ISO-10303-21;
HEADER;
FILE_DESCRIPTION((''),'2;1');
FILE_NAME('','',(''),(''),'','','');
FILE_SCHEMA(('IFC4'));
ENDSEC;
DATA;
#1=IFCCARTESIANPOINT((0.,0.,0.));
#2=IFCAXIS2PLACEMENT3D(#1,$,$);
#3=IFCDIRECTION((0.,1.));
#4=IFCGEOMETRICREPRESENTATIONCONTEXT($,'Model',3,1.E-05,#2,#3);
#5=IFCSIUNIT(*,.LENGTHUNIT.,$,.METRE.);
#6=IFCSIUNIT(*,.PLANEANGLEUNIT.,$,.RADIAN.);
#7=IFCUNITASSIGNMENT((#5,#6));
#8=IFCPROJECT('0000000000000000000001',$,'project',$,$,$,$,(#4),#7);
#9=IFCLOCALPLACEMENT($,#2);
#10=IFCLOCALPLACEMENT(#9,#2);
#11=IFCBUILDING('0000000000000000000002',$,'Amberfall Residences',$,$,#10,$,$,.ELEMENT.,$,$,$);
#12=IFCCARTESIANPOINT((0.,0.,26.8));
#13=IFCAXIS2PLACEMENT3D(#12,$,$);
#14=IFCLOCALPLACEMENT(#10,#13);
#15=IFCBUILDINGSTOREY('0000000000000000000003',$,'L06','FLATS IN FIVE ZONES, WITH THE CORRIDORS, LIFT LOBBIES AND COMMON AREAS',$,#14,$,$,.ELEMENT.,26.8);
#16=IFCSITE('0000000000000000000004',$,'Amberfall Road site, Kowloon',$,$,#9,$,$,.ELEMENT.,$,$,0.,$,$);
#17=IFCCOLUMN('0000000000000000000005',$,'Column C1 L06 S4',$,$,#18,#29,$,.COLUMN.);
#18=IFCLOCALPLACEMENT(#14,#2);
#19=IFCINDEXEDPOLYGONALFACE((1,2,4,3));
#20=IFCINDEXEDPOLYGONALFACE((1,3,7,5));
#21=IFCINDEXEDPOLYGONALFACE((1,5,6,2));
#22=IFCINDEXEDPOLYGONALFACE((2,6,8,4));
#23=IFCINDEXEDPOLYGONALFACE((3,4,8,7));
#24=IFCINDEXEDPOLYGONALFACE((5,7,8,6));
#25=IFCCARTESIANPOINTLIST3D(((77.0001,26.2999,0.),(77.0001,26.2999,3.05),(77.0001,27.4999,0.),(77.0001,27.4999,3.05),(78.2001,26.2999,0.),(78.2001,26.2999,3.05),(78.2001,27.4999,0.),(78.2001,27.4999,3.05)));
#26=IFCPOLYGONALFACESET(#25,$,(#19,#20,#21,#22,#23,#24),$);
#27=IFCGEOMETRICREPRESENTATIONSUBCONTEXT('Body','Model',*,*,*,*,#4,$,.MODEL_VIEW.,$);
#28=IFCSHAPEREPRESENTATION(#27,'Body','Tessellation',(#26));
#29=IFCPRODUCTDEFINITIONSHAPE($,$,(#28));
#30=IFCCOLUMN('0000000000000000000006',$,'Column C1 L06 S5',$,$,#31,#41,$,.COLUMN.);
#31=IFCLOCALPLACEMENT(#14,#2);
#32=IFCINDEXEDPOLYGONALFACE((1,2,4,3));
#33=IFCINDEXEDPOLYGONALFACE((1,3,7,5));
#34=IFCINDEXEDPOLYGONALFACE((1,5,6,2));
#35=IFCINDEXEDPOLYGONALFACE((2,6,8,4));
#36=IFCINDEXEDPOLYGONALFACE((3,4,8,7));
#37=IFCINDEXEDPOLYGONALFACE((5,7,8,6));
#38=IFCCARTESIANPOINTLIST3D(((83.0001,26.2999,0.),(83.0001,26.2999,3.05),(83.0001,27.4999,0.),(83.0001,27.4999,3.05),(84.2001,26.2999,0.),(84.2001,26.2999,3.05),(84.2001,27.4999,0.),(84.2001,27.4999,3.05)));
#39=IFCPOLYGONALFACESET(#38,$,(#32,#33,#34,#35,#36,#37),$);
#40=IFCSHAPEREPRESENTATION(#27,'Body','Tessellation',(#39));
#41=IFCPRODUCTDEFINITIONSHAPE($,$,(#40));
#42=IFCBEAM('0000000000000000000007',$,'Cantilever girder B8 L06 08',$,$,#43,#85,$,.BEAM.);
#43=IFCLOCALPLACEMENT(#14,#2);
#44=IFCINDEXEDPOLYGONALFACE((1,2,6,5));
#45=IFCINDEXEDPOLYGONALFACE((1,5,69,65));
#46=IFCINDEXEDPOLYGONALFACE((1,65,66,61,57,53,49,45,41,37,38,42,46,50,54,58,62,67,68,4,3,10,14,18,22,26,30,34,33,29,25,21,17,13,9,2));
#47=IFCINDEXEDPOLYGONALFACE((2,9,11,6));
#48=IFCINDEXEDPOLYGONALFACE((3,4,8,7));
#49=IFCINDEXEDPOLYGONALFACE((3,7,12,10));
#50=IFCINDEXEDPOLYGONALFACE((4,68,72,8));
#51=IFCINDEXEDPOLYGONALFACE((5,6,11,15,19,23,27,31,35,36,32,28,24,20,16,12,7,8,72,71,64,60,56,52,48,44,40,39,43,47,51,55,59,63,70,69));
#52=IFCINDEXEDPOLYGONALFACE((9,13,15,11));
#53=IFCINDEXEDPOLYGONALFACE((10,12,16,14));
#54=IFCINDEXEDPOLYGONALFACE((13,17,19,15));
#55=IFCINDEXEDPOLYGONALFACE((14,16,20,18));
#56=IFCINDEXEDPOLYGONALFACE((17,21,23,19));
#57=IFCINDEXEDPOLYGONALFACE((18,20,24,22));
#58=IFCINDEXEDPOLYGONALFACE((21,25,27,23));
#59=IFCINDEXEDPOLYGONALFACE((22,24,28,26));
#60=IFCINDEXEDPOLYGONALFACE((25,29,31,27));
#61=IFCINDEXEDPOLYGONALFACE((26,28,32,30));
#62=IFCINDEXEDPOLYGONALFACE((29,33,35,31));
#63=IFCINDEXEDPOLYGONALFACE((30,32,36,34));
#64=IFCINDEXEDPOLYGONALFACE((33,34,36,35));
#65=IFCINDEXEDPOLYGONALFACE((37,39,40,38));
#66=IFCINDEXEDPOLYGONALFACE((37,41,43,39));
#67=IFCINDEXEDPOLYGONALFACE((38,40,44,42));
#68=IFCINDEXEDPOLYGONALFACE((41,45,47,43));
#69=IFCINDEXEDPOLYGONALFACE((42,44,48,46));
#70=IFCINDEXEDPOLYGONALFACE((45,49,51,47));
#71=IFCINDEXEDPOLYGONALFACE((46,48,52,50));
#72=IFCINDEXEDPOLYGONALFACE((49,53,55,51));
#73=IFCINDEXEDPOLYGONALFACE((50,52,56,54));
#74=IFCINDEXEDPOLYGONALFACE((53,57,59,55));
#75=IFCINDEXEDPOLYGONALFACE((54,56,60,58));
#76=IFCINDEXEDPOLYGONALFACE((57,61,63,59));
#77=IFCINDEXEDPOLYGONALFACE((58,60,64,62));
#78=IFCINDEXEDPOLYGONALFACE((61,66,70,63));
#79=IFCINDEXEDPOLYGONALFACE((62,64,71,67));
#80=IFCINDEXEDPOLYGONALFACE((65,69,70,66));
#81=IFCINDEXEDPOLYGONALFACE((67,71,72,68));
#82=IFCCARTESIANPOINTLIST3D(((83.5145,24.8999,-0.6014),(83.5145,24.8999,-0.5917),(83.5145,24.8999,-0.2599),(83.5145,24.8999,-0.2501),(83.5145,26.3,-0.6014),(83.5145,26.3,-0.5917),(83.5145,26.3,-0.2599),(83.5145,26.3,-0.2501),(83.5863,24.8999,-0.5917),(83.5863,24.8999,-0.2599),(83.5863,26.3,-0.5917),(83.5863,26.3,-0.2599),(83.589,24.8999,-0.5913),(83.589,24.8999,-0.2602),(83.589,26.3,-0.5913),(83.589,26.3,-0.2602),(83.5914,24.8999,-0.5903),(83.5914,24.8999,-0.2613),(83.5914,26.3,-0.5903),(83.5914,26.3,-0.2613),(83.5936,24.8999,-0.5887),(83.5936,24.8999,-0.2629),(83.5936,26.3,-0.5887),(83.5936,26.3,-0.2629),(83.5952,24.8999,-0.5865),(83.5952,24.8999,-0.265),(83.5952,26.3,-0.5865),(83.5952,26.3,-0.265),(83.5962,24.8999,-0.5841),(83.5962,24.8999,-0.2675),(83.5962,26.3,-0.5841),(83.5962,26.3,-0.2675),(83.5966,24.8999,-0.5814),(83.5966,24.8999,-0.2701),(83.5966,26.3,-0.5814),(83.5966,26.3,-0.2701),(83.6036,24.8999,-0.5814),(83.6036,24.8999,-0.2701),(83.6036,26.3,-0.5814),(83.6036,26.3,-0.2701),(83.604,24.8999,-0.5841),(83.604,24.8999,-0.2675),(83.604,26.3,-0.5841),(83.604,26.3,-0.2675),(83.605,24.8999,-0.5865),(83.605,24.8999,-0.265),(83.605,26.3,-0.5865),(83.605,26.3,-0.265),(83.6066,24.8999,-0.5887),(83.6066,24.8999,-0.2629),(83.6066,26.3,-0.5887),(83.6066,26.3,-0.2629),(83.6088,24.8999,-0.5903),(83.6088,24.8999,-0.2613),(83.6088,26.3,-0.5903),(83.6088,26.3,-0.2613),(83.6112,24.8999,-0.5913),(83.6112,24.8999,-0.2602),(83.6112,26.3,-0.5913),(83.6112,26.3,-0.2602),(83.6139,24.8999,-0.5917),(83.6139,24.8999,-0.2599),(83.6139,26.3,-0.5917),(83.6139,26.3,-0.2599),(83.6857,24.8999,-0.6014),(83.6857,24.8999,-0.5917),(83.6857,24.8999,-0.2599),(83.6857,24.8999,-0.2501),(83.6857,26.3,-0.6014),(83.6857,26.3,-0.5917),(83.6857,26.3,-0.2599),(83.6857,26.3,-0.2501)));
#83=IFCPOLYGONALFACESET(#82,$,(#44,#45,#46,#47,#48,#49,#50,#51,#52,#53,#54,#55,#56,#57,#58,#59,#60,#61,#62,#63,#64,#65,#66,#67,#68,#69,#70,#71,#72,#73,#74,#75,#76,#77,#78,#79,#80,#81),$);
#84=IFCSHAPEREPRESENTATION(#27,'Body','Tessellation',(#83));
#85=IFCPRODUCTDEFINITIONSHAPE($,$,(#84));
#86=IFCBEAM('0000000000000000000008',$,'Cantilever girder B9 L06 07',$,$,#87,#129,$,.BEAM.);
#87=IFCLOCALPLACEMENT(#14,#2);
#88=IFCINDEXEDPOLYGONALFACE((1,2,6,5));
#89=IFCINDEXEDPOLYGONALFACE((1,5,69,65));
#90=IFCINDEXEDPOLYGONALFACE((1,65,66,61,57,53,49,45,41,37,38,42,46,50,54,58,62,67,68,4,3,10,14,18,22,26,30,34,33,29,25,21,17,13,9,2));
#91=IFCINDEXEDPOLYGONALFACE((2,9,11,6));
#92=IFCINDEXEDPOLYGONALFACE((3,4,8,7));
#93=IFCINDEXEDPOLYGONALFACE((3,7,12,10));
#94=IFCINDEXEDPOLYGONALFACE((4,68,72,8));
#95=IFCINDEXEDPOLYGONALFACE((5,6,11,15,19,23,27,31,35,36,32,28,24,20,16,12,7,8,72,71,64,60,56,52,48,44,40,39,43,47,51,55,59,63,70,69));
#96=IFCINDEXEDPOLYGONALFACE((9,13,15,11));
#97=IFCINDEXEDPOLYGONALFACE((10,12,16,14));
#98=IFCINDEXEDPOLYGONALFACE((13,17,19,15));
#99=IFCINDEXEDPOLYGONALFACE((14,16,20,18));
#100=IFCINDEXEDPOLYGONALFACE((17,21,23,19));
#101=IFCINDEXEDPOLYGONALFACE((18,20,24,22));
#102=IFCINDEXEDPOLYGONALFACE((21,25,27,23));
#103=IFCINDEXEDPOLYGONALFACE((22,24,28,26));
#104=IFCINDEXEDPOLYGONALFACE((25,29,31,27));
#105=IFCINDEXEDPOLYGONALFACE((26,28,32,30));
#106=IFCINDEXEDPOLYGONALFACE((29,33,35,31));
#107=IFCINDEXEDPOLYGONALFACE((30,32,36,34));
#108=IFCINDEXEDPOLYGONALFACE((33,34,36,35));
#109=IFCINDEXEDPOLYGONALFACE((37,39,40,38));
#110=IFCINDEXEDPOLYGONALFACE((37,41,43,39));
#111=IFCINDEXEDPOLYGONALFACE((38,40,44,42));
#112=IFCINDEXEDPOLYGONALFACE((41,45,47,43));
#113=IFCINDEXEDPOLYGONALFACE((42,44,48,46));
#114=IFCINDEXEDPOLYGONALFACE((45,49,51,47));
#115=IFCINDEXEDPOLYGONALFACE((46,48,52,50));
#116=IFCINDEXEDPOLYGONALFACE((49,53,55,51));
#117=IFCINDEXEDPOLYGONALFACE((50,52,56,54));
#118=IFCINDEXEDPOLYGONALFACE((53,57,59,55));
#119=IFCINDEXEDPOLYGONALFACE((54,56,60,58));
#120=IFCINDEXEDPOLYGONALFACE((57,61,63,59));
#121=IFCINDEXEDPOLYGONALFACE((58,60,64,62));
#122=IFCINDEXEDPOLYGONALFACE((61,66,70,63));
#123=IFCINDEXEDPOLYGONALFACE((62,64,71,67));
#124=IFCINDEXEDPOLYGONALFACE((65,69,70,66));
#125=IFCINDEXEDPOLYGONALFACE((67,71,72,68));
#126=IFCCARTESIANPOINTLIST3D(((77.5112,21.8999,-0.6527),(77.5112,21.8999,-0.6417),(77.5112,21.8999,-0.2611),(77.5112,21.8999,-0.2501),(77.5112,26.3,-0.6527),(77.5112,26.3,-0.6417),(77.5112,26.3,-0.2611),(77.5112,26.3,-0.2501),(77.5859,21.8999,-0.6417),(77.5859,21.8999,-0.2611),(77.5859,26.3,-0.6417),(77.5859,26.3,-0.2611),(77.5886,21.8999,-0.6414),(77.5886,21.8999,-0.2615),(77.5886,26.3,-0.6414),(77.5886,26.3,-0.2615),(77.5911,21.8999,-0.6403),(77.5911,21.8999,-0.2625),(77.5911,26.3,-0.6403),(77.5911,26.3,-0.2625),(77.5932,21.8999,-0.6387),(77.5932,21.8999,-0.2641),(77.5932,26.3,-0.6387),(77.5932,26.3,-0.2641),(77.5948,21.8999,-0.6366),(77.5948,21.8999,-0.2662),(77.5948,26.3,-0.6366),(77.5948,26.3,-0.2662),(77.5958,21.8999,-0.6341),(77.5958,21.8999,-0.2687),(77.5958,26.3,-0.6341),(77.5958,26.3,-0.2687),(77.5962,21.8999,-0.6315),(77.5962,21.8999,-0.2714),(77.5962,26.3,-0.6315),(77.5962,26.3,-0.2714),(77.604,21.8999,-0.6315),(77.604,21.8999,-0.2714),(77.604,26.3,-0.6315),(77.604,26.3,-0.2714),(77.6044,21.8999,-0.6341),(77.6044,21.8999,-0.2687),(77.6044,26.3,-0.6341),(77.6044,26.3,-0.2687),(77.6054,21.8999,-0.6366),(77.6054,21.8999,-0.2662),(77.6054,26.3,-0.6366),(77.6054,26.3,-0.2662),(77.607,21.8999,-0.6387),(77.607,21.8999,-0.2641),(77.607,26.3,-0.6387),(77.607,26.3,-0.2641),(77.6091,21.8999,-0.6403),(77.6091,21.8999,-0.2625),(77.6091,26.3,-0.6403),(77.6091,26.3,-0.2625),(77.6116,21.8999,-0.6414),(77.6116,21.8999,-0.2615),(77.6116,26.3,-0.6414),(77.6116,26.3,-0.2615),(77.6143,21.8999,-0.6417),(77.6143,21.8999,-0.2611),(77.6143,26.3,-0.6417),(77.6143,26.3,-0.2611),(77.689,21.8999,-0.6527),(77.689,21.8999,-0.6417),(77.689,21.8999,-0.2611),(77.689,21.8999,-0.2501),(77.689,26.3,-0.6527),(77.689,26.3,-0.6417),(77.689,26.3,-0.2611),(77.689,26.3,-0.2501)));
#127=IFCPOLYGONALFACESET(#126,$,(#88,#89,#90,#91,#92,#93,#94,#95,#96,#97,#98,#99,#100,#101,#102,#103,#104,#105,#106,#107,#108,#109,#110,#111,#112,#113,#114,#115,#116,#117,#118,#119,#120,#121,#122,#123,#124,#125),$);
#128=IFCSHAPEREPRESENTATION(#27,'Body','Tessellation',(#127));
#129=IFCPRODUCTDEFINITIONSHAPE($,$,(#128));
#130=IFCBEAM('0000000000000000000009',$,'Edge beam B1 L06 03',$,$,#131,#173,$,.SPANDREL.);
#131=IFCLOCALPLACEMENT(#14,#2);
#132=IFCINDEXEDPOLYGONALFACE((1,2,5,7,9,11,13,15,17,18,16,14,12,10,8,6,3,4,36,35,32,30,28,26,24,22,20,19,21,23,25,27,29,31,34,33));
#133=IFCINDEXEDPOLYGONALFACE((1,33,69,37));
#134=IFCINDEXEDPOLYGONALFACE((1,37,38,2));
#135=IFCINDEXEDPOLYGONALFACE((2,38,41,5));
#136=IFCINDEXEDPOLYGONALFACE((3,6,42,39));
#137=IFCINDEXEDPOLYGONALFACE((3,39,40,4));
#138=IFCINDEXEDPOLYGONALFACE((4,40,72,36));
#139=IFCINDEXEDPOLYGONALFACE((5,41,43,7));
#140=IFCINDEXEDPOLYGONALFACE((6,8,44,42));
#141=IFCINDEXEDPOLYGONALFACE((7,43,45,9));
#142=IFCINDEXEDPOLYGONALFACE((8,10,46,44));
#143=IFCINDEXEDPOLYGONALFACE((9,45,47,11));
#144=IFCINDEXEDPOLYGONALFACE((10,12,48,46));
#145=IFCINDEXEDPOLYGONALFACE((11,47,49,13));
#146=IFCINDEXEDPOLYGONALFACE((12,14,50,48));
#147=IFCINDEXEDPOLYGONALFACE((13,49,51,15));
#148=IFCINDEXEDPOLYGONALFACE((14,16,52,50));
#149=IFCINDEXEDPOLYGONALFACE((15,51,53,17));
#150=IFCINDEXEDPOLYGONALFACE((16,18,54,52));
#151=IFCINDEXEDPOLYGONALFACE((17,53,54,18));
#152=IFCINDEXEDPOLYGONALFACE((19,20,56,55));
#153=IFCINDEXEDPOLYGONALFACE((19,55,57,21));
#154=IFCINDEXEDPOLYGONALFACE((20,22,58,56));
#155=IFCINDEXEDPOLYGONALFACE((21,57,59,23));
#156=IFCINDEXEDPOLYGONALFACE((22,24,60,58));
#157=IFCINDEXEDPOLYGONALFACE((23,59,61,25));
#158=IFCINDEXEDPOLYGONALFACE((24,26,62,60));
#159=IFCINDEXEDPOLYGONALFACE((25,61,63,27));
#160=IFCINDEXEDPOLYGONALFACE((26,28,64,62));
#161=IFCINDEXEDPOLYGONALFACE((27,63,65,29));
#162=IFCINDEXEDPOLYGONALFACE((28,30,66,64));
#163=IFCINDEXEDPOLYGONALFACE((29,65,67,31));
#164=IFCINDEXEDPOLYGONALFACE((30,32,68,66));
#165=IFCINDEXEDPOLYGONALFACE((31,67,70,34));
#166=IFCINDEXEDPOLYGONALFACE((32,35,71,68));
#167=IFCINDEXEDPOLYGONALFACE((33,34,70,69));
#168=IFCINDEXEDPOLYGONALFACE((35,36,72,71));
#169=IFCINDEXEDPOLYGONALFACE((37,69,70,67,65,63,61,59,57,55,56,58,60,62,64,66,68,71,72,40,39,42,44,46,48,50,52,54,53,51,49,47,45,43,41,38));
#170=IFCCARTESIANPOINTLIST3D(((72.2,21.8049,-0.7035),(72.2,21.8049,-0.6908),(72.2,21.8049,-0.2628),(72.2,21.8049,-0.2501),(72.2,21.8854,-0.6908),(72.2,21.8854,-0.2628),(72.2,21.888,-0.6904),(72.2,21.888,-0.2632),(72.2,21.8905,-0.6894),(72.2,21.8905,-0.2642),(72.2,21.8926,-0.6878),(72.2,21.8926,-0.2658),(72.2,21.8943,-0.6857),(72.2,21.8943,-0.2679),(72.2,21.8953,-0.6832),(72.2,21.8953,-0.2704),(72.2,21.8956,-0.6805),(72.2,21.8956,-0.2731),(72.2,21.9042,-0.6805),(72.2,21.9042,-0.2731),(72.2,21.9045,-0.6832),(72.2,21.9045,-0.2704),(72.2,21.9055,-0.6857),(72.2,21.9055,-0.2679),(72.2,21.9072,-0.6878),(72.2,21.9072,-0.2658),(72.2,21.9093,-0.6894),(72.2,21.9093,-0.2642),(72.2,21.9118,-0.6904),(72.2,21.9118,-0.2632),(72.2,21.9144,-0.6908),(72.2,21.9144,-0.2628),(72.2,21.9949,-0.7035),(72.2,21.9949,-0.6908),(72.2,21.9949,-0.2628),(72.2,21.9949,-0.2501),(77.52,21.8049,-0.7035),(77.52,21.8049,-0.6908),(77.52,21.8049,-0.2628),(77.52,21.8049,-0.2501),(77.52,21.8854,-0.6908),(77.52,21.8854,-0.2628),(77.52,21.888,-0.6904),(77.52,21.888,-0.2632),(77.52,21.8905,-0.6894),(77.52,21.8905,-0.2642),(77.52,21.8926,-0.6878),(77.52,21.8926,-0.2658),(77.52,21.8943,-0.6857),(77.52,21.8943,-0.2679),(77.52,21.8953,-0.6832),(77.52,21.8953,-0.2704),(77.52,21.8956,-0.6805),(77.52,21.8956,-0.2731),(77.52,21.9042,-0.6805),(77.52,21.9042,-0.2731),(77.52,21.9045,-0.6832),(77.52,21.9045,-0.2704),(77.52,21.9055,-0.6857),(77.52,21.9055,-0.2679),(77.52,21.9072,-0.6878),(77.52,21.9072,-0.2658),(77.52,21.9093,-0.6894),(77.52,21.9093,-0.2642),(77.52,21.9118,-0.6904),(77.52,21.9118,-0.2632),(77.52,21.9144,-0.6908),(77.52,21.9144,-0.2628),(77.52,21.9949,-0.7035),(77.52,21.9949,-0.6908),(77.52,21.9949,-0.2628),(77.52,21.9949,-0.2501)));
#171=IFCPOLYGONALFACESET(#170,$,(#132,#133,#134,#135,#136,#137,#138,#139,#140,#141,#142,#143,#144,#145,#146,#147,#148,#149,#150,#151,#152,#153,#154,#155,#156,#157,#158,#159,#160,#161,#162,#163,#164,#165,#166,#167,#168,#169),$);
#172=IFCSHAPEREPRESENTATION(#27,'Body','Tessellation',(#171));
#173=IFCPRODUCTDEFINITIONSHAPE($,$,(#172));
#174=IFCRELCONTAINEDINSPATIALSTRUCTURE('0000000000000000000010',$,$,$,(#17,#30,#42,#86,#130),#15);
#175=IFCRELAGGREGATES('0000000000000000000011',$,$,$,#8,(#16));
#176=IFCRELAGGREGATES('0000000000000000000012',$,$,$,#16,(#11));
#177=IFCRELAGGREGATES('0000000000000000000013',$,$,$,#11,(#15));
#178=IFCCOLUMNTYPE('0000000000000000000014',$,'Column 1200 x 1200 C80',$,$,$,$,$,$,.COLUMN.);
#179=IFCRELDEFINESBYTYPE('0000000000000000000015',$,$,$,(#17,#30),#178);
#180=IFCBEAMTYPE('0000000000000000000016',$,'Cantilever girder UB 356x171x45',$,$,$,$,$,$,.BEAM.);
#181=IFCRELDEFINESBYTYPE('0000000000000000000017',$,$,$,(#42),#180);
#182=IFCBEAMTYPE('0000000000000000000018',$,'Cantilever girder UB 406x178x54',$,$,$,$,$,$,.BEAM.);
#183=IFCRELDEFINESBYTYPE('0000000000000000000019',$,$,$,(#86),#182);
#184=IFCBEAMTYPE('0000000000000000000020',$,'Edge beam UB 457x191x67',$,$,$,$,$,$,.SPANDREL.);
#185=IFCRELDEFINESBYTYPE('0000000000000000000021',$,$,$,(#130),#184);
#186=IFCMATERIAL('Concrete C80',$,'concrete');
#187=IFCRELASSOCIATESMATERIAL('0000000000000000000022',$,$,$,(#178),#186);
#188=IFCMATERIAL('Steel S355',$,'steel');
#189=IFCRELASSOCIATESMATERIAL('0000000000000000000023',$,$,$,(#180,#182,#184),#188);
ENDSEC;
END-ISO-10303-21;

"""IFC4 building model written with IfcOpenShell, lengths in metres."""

from ifc_helpers import new_model, si_unit, direction, frame, origin, origin_2d, place, context, subcontext, project, spatial, rectangle, i_section, extrude, material, material_profile, profile_set, type_object, element, save


model = new_model("IFC4")

# Units and contexts
model_context = context("Model", 3, precision=1e-05, world=origin(), true_north=direction((0.0, 1.0)))
body_context = subcontext(model_context, "Body", "Model", "MODEL_VIEW")
ifc_project = project(units=[si_unit("LENGTHUNIT", "METRE"), si_unit("PLANEANGLEUNIT", "RADIAN")], contexts=[model_context])

# Site, building, storey
site_placement = place(None, origin())
site = spatial("IfcSite", under=ifc_project, at=site_placement, Name="Amberfall Road site, Kowloon", CompositionType="ELEMENT", RefElevation=0.0)
building_placement = place(site_placement, origin())
building = spatial("IfcBuilding", under=site, at=building_placement, Name="Amberfall Residences", CompositionType="ELEMENT")
storey_placement = place(building_placement, frame((0.0, 0.0, 26.8)))
storey = spatial("IfcBuildingStorey", under=building, at=storey_placement, Name="L06", Description="FLATS IN FIVE ZONES, WITH THE CORRIDORS, LIFT LOBBIES AND COMMON AREAS", CompositionType="ELEMENT", Elevation=26.8)

# Columns
ifc_material_1 = material(Name="Concrete C80", Category="concrete")
ifc_material_profile_1 = material_profile(ifc_material_1, rectangle(XDim=1.2, YDim=1.2, at=origin_2d()), Name="Column 1200 x 1200 C80")
ifc_profile_set_1 = profile_set([ifc_material_profile_1], Name="Concrete C80")
column_type = type_object("IfcColumnType", Name="Column 1200 x 1200 C80", PredefinedType="COLUMN", material=ifc_profile_set_1)
for number, where, z_axis, x_axis, name in (
    (1, (77.6001, 26.8999, 0.0), (0.0, 0.0, 1.0), (1.0, 0.0, 0.0), "Column C1 L06 S4"),
    (2, (83.6001, 26.8999, 0.0), (0.0, 0.0, 1.0), (1.0, 0.0, 0.0), "Column C1 L06 S5"),
):
    element("IfcColumn", number, at=place(storey_placement, frame(where, z_axis=z_axis, x_axis=x_axis)), inside=storey, type_object=column_type, Name=name, PredefinedType="COLUMN", context=body_context, shape_type="SweptSolid", body=[
        extrude(rectangle(XDim=1.2, YDim=1.2, at=origin_2d()), origin(), (0.0, 0.0, 1.0), 3.05),
    ])

# Beams
ifc_material_2 = material(Name="Steel S355", Category="steel")
ifc_material_profile_2 = material_profile(ifc_material_2, i_section(OverallWidth=0.1711, OverallDepth=0.3513, WebThickness=0.0071, FlangeThickness=0.0098, FilletRadius=0.0103, at=origin_2d()), Name="UB 356x171x45")
ifc_profile_set_2 = profile_set([ifc_material_profile_2], Name="Steel S355")
beam_type_1 = type_object("IfcBeamType", Name="Cantilever girder UB 356x171x45", PredefinedType="BEAM", material=ifc_profile_set_2)
beam_1_placement = place(storey_placement, frame((83.6001, 26.3, -0.4258), z_axis=(0.0, -1.0, 0.0), x_axis=(1.0, 0.0, 0.0)))
element("IfcBeam", 3, at=beam_1_placement, inside=storey, type_object=beam_type_1, Name="Cantilever girder B8 L06 08", PredefinedType="BEAM", context=body_context, shape_type="SweptSolid", body=[
    extrude(i_section(OverallWidth=0.1711, OverallDepth=0.3513, WebThickness=0.0071, FlangeThickness=0.0098, FilletRadius=0.0103, at=origin_2d()), origin(), (0.0, 0.0, 1.0), 1.4001),
])
ifc_material_profile_3 = material_profile(ifc_material_2, i_section(OverallWidth=0.1777, OverallDepth=0.4026, WebThickness=0.0078, FlangeThickness=0.011, FilletRadius=0.0103, at=origin_2d()), Name="UB 406x178x54")
ifc_profile_set_3 = profile_set([ifc_material_profile_3], Name="Steel S355")
beam_type_2 = type_object("IfcBeamType", Name="Cantilever girder UB 406x178x54", PredefinedType="BEAM", material=ifc_profile_set_3)
beam_2_placement = place(storey_placement, frame((77.6001, 26.3, -0.4514), z_axis=(0.0, -1.0, 0.0), x_axis=(1.0, 0.0, 0.0)))
element("IfcBeam", 4, at=beam_2_placement, inside=storey, type_object=beam_type_2, Name="Cantilever girder B9 L06 07", PredefinedType="BEAM", context=body_context, shape_type="SweptSolid", body=[
    extrude(i_section(OverallWidth=0.1777, OverallDepth=0.4026, WebThickness=0.0078, FlangeThickness=0.011, FilletRadius=0.0103, at=origin_2d()), origin(), (0.0, 0.0, 1.0), 4.4001),
])
ifc_material_profile_4 = material_profile(ifc_material_2, i_section(OverallWidth=0.1899, OverallDepth=0.4534, WebThickness=0.0085, FlangeThickness=0.0127, FilletRadius=0.0103, at=origin_2d()), Name="UB 457x191x67")
ifc_profile_set_4 = profile_set([ifc_material_profile_4], Name="Steel S355")
beam_type_3 = type_object("IfcBeamType", Name="Edge beam UB 457x191x67", PredefinedType="SPANDREL", material=ifc_profile_set_4)
beam_3_placement = place(storey_placement, frame((72.2, 21.8999, -0.4768), z_axis=(1.0, 0.0, 0.0), x_axis=(0.0, 1.0, 0.0)))
element("IfcBeam", 5, at=beam_3_placement, inside=storey, type_object=beam_type_3, Name="Edge beam B1 L06 03", PredefinedType="SPANDREL", context=body_context, shape_type="SweptSolid", body=[
    extrude(i_section(OverallWidth=0.1899, OverallDepth=0.4534, WebThickness=0.0085, FlangeThickness=0.0127, FilletRadius=0.0103, at=origin_2d()), origin(), (0.0, 0.0, 1.0), 5.3201),
])

save(model, "model.ifc")
